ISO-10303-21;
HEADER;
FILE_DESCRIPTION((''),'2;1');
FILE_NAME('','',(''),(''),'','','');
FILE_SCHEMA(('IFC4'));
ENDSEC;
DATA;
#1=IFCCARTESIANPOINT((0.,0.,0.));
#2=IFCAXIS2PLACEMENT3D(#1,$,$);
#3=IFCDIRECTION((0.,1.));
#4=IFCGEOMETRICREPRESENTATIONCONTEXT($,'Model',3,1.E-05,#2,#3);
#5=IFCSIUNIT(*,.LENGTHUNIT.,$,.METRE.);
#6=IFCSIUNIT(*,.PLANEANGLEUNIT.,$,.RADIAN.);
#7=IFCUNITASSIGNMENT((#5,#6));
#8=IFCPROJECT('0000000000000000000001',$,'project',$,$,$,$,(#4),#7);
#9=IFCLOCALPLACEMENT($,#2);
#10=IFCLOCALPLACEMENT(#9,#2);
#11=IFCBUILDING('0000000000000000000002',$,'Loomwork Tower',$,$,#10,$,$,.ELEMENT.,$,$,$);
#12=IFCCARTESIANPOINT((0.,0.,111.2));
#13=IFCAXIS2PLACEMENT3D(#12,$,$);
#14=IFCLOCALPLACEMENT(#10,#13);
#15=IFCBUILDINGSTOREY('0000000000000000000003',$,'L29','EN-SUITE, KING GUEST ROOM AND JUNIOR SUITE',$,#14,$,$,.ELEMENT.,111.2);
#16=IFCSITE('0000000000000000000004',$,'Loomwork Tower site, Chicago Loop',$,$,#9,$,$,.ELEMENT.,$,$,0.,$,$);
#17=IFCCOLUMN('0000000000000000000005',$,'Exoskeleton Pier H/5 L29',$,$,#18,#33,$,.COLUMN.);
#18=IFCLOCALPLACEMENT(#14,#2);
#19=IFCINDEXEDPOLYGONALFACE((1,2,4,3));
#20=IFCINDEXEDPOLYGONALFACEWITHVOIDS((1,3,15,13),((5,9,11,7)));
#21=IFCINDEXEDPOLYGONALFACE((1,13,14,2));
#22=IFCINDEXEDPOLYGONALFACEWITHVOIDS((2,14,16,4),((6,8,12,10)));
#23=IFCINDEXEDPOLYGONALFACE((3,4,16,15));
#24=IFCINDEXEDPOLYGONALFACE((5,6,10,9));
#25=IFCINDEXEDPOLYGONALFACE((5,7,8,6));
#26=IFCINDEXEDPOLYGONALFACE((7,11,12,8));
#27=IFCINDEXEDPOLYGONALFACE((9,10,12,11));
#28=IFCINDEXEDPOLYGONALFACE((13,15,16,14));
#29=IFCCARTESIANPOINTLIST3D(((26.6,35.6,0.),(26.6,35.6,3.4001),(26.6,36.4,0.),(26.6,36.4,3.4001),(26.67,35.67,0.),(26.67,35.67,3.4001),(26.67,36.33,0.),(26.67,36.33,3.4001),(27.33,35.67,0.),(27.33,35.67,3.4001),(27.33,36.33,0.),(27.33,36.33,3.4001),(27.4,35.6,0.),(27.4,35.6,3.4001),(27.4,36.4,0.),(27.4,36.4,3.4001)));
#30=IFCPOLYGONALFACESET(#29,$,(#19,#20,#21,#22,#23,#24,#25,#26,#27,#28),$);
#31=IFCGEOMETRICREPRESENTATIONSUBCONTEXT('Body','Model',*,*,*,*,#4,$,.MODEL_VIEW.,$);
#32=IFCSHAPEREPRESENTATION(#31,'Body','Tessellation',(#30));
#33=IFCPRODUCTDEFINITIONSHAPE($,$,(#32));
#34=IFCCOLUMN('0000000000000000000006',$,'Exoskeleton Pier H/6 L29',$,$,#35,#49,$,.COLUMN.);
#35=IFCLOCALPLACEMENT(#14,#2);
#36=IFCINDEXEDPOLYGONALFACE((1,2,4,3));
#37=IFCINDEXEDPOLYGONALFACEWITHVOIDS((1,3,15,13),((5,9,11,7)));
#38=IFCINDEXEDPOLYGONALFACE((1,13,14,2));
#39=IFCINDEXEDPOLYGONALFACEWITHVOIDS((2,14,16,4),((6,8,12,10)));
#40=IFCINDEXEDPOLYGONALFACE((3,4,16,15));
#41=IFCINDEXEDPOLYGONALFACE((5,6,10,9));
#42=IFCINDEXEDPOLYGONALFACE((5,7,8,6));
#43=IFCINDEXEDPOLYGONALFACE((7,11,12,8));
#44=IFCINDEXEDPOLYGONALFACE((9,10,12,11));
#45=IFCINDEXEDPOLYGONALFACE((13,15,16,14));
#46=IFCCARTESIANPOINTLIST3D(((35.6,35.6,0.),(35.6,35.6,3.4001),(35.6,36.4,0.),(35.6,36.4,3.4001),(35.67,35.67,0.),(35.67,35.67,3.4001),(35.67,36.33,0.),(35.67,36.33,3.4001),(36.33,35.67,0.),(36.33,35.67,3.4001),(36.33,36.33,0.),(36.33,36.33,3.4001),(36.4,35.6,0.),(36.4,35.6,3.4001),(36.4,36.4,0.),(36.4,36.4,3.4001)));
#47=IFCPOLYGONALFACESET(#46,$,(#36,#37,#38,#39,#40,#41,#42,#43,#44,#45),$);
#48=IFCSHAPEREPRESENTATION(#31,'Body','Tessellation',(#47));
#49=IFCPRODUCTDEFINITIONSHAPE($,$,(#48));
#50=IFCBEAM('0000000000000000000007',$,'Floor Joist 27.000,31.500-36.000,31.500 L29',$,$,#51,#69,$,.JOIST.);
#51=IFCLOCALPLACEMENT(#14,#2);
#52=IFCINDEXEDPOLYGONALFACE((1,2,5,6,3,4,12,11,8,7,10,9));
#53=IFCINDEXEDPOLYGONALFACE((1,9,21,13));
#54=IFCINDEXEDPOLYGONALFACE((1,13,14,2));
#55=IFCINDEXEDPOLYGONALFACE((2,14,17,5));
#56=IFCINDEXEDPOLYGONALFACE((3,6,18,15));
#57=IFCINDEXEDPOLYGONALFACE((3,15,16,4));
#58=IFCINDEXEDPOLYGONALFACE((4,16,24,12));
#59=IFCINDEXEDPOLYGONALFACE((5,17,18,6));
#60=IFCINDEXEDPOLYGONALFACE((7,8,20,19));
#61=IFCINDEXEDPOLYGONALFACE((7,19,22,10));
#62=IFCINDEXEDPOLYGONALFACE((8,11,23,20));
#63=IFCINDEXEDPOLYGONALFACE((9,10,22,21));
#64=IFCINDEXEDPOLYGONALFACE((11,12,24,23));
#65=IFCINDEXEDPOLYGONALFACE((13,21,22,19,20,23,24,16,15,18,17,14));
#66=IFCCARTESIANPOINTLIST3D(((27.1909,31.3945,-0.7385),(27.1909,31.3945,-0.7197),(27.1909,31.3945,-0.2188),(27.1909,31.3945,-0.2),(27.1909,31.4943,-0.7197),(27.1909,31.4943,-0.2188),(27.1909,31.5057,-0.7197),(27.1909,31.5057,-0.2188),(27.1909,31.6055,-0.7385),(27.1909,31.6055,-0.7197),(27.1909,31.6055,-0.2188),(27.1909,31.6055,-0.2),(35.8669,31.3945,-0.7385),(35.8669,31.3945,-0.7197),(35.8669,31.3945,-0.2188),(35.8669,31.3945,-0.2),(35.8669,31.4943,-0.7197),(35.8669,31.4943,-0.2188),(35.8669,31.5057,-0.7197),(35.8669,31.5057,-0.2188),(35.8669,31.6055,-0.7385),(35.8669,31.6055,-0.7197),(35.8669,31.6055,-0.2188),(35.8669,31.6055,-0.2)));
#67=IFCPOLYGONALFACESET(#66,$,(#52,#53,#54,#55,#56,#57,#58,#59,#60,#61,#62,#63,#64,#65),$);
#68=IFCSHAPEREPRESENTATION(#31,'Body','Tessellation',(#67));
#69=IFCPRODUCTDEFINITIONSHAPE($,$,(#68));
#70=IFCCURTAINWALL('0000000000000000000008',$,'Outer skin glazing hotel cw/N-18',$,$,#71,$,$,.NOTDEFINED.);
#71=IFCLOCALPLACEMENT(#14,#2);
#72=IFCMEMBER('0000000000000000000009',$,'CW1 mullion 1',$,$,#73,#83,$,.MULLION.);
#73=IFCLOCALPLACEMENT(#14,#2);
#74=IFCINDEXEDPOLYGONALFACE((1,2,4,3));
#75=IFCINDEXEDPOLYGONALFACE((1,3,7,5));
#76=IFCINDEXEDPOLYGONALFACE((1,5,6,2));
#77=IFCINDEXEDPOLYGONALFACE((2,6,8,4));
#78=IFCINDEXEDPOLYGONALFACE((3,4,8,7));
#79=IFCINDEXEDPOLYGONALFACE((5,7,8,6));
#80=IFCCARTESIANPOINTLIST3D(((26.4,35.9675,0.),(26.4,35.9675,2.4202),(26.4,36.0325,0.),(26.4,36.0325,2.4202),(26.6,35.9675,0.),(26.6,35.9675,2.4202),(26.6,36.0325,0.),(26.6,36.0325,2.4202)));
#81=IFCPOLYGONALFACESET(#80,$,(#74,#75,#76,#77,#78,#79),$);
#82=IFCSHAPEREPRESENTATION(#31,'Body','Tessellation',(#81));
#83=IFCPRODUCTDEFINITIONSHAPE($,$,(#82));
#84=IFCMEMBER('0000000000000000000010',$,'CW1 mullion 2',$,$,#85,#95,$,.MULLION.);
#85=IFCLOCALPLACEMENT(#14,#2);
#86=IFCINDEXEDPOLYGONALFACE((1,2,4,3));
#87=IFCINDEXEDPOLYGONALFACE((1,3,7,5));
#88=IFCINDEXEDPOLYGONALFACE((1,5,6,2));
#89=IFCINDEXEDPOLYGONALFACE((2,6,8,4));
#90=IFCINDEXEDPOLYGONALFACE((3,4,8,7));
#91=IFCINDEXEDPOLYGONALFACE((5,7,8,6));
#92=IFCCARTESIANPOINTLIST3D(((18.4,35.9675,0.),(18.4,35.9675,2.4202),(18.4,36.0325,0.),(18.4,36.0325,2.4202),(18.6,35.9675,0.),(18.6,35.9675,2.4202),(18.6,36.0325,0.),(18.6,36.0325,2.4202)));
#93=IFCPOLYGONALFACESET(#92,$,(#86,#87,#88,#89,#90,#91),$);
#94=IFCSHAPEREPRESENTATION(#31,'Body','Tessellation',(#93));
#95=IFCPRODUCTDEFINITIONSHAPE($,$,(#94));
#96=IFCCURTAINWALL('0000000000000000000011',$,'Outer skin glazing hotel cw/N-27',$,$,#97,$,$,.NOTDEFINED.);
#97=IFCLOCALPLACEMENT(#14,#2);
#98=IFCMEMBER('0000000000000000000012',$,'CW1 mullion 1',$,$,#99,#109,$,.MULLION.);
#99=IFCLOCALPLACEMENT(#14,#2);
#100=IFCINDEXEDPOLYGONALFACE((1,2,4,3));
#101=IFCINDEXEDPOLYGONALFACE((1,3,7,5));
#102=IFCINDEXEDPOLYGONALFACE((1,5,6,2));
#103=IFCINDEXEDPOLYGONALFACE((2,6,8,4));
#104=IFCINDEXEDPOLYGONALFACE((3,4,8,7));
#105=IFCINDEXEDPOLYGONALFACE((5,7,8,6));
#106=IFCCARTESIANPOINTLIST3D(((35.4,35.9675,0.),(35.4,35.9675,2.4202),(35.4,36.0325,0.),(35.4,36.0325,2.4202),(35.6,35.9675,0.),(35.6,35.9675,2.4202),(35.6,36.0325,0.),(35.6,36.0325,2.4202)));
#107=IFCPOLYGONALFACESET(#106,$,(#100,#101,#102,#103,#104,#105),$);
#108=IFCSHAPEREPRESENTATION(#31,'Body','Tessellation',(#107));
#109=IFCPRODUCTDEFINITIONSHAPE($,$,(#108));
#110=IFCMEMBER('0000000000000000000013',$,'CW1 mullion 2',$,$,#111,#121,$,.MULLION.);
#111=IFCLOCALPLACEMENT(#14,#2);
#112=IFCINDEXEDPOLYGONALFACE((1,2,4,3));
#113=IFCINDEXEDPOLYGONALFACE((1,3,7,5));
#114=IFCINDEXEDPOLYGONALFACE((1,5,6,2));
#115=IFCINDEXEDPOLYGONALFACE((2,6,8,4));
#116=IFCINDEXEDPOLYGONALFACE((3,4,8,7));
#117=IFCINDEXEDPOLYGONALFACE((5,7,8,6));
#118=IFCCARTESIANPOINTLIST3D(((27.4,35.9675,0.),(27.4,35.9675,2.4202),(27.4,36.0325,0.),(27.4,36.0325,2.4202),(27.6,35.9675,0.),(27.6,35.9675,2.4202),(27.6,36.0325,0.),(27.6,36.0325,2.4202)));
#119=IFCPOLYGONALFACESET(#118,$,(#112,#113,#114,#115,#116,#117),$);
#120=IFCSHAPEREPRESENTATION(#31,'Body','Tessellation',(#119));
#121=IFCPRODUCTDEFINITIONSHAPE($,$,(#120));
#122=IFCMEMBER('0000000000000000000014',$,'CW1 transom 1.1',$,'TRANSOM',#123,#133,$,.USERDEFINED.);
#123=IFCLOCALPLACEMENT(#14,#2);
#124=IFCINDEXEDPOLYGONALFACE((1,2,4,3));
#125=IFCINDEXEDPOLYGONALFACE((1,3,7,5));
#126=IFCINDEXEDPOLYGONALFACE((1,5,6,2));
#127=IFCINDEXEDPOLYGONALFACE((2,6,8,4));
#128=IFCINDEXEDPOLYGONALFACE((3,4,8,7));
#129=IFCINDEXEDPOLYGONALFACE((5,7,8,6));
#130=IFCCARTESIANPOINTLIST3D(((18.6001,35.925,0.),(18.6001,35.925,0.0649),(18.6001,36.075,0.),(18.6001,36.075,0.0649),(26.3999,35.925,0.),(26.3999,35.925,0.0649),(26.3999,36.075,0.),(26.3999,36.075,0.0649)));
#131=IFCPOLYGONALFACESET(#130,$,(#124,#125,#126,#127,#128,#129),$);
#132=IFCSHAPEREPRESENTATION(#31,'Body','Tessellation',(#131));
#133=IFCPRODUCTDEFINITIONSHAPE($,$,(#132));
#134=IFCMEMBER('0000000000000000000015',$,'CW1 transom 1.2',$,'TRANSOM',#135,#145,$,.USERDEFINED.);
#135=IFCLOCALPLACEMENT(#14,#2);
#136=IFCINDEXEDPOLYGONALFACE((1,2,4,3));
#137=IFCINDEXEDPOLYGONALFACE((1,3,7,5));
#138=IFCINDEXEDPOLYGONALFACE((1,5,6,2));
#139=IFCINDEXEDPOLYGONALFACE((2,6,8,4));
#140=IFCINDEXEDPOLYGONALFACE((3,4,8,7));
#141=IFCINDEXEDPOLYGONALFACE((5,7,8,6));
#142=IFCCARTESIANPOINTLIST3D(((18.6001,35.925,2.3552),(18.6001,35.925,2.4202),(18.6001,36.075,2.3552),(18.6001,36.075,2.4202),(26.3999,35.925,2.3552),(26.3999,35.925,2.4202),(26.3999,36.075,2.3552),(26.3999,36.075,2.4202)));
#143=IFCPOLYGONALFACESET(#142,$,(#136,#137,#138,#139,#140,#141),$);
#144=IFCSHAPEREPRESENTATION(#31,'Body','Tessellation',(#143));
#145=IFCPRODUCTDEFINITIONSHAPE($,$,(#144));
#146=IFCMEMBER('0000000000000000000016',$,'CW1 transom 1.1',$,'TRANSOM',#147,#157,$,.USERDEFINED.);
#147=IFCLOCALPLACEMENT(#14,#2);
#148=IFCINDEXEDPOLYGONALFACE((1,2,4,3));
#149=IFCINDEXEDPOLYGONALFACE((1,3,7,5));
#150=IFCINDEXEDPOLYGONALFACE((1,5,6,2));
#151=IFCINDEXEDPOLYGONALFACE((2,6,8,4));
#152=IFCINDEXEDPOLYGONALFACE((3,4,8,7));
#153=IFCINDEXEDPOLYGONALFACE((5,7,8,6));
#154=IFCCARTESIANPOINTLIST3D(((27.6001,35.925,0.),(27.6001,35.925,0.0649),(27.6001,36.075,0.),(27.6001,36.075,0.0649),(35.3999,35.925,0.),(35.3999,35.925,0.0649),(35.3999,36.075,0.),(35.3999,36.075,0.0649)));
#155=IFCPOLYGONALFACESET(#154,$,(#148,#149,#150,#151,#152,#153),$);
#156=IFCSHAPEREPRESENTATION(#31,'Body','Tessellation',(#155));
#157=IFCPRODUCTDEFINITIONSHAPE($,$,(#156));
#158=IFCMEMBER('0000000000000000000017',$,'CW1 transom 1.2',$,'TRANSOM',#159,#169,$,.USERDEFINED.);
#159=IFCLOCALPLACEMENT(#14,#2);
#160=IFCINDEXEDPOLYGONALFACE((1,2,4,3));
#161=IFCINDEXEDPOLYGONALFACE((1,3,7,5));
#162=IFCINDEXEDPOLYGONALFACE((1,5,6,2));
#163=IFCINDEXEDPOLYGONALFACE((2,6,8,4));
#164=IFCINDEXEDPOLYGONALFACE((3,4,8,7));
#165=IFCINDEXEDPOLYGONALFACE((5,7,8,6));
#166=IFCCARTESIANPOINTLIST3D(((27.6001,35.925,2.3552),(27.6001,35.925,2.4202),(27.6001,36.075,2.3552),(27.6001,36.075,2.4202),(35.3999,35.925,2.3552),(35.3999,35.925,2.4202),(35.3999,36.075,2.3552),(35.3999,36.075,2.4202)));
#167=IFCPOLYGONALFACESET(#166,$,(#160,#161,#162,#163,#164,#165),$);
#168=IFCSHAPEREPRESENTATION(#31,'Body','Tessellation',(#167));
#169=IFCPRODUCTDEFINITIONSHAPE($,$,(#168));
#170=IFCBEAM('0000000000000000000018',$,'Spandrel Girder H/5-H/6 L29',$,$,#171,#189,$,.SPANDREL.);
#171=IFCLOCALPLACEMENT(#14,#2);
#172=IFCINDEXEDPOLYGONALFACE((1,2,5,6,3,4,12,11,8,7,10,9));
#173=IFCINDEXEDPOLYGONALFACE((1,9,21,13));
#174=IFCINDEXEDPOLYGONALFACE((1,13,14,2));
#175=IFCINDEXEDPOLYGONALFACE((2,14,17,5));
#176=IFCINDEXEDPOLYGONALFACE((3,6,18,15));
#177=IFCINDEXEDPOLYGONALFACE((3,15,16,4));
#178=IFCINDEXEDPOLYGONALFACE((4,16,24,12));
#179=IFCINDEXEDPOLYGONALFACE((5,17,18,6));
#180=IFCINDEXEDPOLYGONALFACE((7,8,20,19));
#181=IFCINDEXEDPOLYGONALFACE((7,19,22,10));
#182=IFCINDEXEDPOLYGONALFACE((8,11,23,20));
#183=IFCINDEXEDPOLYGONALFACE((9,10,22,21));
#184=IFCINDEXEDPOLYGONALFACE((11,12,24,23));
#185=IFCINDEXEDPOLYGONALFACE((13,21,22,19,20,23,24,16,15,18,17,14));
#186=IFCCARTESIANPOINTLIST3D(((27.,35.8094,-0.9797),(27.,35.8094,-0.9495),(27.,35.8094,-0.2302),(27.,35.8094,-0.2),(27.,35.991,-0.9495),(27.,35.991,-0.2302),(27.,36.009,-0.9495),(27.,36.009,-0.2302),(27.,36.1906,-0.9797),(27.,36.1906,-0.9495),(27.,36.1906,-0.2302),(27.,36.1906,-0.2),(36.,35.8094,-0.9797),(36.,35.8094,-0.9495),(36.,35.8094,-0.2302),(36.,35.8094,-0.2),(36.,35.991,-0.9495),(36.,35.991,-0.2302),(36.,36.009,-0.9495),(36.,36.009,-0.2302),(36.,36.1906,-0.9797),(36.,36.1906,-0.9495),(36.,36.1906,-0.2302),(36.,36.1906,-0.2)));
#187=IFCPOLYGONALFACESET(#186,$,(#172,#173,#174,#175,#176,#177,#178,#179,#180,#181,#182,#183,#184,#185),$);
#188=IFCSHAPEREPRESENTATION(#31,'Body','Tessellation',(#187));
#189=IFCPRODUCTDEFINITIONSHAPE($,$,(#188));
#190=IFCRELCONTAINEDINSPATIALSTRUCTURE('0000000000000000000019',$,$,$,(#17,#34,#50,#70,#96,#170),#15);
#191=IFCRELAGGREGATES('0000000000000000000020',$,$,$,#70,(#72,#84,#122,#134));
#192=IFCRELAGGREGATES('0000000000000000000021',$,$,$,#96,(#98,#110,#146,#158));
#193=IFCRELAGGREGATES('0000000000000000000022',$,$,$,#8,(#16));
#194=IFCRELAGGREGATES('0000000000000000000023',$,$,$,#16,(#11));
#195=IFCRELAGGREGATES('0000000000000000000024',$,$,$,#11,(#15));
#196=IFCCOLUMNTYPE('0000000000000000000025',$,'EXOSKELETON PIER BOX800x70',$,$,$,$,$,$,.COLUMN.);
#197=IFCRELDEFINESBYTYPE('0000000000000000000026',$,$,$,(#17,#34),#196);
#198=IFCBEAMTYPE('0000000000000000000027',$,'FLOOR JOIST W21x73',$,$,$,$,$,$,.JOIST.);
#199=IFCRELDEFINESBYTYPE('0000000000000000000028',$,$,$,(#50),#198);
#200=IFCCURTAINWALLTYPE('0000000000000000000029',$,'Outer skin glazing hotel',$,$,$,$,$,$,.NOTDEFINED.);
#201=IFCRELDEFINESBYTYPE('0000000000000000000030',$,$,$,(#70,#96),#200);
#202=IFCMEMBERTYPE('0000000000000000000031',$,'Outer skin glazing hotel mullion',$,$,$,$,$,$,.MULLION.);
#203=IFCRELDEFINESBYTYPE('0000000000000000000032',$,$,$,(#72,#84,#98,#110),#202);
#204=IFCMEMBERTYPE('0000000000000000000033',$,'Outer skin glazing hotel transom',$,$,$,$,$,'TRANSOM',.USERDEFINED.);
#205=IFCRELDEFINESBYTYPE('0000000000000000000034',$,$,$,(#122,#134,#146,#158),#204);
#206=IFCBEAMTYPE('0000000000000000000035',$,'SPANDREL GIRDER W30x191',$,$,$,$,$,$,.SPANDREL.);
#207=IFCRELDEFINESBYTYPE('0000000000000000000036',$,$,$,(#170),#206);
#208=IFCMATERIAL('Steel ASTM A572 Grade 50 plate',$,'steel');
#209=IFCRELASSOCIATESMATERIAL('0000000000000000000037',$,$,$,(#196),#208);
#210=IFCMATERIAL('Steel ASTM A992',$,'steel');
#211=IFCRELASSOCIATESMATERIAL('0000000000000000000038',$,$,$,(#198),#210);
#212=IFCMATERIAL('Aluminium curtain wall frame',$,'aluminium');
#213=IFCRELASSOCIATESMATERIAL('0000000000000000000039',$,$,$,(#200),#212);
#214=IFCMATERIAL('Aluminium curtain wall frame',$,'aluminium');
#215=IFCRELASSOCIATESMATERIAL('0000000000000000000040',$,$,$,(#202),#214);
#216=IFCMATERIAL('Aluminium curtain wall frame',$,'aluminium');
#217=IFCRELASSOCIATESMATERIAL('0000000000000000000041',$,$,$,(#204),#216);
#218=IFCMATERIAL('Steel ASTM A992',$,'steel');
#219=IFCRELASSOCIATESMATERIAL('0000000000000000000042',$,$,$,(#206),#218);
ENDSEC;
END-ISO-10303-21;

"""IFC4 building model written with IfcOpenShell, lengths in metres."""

from ifc_helpers import new_model, si_unit, direction, frame, origin, origin_2d, place, context, subcontext, project, spatial, rectangle, hollow_rectangle, i_section, extrude, material, material_profile, profile_set, type_object, element, aggregate, save


model = new_model("IFC4")

# Units and contexts
model_context = context("Model", 3, precision=1e-05, world=origin(), true_north=direction((0.0, 1.0)))
body_context = subcontext(model_context, "Body", "Model", "MODEL_VIEW")
ifc_project = project(units=[si_unit("LENGTHUNIT", "METRE"), si_unit("PLANEANGLEUNIT", "RADIAN")], contexts=[model_context])

# Site, building, storey
site_placement = place(None, origin())
site = spatial("IfcSite", under=ifc_project, at=site_placement, Name="Loomwork Tower site, Chicago Loop", CompositionType="ELEMENT", RefElevation=0.0)
building_placement = place(site_placement, origin())
building = spatial("IfcBuilding", under=site, at=building_placement, Name="Loomwork Tower", CompositionType="ELEMENT")
storey_placement = place(building_placement, frame((0.0, 0.0, 111.2)))
storey = spatial("IfcBuildingStorey", under=building, at=storey_placement, Name="L29", Description="EN-SUITE, KING GUEST ROOM AND JUNIOR SUITE", CompositionType="ELEMENT", Elevation=111.2)

# Columns
ifc_material_1 = material(Name="Steel ASTM A572 Grade 50 plate", Category="steel")
ifc_material_profile_1 = material_profile(ifc_material_1, hollow_rectangle(XDim=0.8, YDim=0.8, WallThickness=0.0701, at=origin_2d()), Name="BOX800x70")
ifc_profile_set_1 = profile_set([ifc_material_profile_1], Name="Steel ASTM A572 Grade 50 plate")
column_type = type_object("IfcColumnType", Name="EXOSKELETON PIER BOX800x70", PredefinedType="COLUMN", material=ifc_profile_set_1)
for number, where, z_axis, x_axis, name in (
    (1, (27.0, 36.0, 0.0), (0.0, 0.0, 1.0), (1.0, 0.0, 0.0), "Exoskeleton Pier H/5 L29"),
    (2, (36.0, 36.0, 0.0), (0.0, 0.0, 1.0), (1.0, 0.0, 0.0), "Exoskeleton Pier H/6 L29"),
):
    element("IfcColumn", number, at=place(storey_placement, frame(where, z_axis=z_axis, x_axis=x_axis)), inside=storey, type_object=column_type, Name=name, PredefinedType="COLUMN", context=body_context, shape_type="SweptSolid", body=[
        extrude(hollow_rectangle(XDim=0.8, YDim=0.8, WallThickness=0.0701, at=origin_2d()), origin(), (0.0, 0.0, 1.0), 3.4001),
    ])

# Beam
ifc_material_2 = material(Name="Steel ASTM A992", Category="steel")
ifc_material_profile_2 = material_profile(ifc_material_2, i_section(OverallWidth=0.2109, OverallDepth=0.5386, WebThickness=0.0115, FlangeThickness=0.0188, at=origin_2d()), Name="W21x73")
ifc_profile_set_2 = profile_set([ifc_material_profile_2], Name="Steel ASTM A992")
beam_type_1 = type_object("IfcBeamType", Name="FLOOR JOIST W21x73", PredefinedType="JOIST", material=ifc_profile_set_2)
beam_1_placement = place(storey_placement, frame((27.1909, 31.5, -0.4692), z_axis=(1.0, 0.0, 0.0), x_axis=(0.0, 1.0, 0.0)))
element("IfcBeam", 3, at=beam_1_placement, inside=storey, type_object=beam_type_1, Name="Floor Joist 27.000,31.500-36.000,31.500 L29", PredefinedType="JOIST", context=body_context, shape_type="SweptSolid", body=[
    extrude(i_section(OverallWidth=0.2109, OverallDepth=0.5386, WebThickness=0.0115, FlangeThickness=0.0188, at=origin_2d()), origin(), (0.0, 0.0, 1.0), 8.676),
])

# Curtain walls, members
ifc_material_3 = material(Name="Aluminium curtain wall frame", Category="aluminium")
curtain_wall_type = type_object("IfcCurtainWallType", Name="Outer skin glazing hotel", PredefinedType="NOTDEFINED", material=ifc_material_3)
curtain_wall_1_placement = place(storey_placement, origin())
curtain_wall_1 = element("IfcCurtainWall", 4, at=curtain_wall_1_placement, inside=storey, type_object=curtain_wall_type, Name="Outer skin glazing hotel cw/N-18", PredefinedType="NOTDEFINED")
ifc_material_4 = material(Name="Aluminium curtain wall frame", Category="aluminium")
ifc_material_profile_3 = material_profile(ifc_material_4, rectangle(XDim=0.0649, YDim=0.2, at=origin_2d()), Name="AL 65x200")
ifc_profile_set_3 = profile_set([ifc_material_profile_3], Name="Aluminium curtain wall frame")
member_type_1 = type_object("IfcMemberType", Name="Outer skin glazing hotel mullion", PredefinedType="MULLION", material=ifc_profile_set_3)
member_1_placement = place(storey_placement, frame((26.5, 36.0, 0.0), z_axis=(0.0, 0.0, 1.0), x_axis=(0.0, -1.0, 0.0)))
member_1 = element("IfcMember", 5, at=member_1_placement, type_object=member_type_1, Name="CW1 mullion 1", PredefinedType="MULLION", context=body_context, shape_type="SweptSolid", body=[
    extrude(rectangle(XDim=0.0649, YDim=0.2, at=origin_2d()), origin(), (0.0, 0.0, 1.0), 2.4202),
])
member_2_placement = place(storey_placement, frame((18.5, 36.0, 0.0), z_axis=(0.0, 0.0, 1.0), x_axis=(0.0, -1.0, 0.0)))
member_2 = element("IfcMember", 6, at=member_2_placement, type_object=member_type_1, Name="CW1 mullion 2", PredefinedType="MULLION", context=body_context, shape_type="SweptSolid", body=[
    extrude(rectangle(XDim=0.0649, YDim=0.2, at=origin_2d()), origin(), (0.0, 0.0, 1.0), 2.4202),
])
curtain_wall_2_placement = place(storey_placement, origin())
curtain_wall_2 = element("IfcCurtainWall", 7, at=curtain_wall_2_placement, inside=storey, type_object=curtain_wall_type, Name="Outer skin glazing hotel cw/N-27", PredefinedType="NOTDEFINED")
member_3_placement = place(storey_placement, frame((35.5, 36.0, 0.0), z_axis=(0.0, 0.0, 1.0), x_axis=(0.0, -1.0, 0.0)))
member_3 = element("IfcMember", 8, at=member_3_placement, type_object=member_type_1, Name="CW1 mullion 1", PredefinedType="MULLION", context=body_context, shape_type="SweptSolid", body=[
    extrude(rectangle(XDim=0.0649, YDim=0.2, at=origin_2d()), origin(), (0.0, 0.0, 1.0), 2.4202),
])
member_4_placement = place(storey_placement, frame((27.5, 36.0, 0.0), z_axis=(0.0, 0.0, 1.0), x_axis=(0.0, -1.0, 0.0)))
member_4 = element("IfcMember", 9, at=member_4_placement, type_object=member_type_1, Name="CW1 mullion 2", PredefinedType="MULLION", context=body_context, shape_type="SweptSolid", body=[
    extrude(rectangle(XDim=0.0649, YDim=0.2, at=origin_2d()), origin(), (0.0, 0.0, 1.0), 2.4202),
])

# Members
ifc_material_5 = material(Name="Aluminium curtain wall frame", Category="aluminium")
ifc_material_profile_4 = material_profile(ifc_material_5, rectangle(XDim=0.1499, YDim=0.0649, at=origin_2d()), Name="AL 65x150")
ifc_profile_set_4 = profile_set([ifc_material_profile_4], Name="Aluminium curtain wall frame")
member_type_2 = type_object("IfcMemberType", Name="Outer skin glazing hotel transom", ElementType="TRANSOM", PredefinedType="USERDEFINED", material=ifc_profile_set_4)
member_5_placement = place(storey_placement, frame((26.3999, 36.0, 0.0325), z_axis=(-1.0, 0.0, 0.0), x_axis=(0.0, -1.0, 0.0)))
member_5 = element("IfcMember", 10, at=member_5_placement, type_object=member_type_2, Name="CW1 transom 1.1", ObjectType="TRANSOM", PredefinedType="USERDEFINED", context=body_context, shape_type="SweptSolid", body=[
    extrude(rectangle(XDim=0.1499, YDim=0.0649, at=origin_2d()), origin(), (0.0, 0.0, 1.0), 7.7998),
])
member_6_placement = place(storey_placement, frame((26.3999, 36.0, 2.3877), z_axis=(-1.0, 0.0, 0.0), x_axis=(0.0, -1.0, 0.0)))
member_6 = element("IfcMember", 11, at=member_6_placement, type_object=member_type_2, Name="CW1 transom 1.2", ObjectType="TRANSOM", PredefinedType="USERDEFINED", context=body_context, shape_type="SweptSolid", body=[
    extrude(rectangle(XDim=0.1499, YDim=0.0649, at=origin_2d()), origin(), (0.0, 0.0, 1.0), 7.7998),
])
member_7_placement = place(storey_placement, frame((35.3999, 36.0, 0.0325), z_axis=(-1.0, 0.0, 0.0), x_axis=(0.0, -1.0, 0.0)))
member_7 = element("IfcMember", 12, at=member_7_placement, type_object=member_type_2, Name="CW1 transom 1.1", ObjectType="TRANSOM", PredefinedType="USERDEFINED", context=body_context, shape_type="SweptSolid", body=[
    extrude(rectangle(XDim=0.1499, YDim=0.0649, at=origin_2d()), origin(), (0.0, 0.0, 1.0), 7.7998),
])
member_8_placement = place(storey_placement, frame((35.3999, 36.0, 2.3877), z_axis=(-1.0, 0.0, 0.0), x_axis=(0.0, -1.0, 0.0)))
member_8 = element("IfcMember", 13, at=member_8_placement, type_object=member_type_2, Name="CW1 transom 1.2", ObjectType="TRANSOM", PredefinedType="USERDEFINED", context=body_context, shape_type="SweptSolid", body=[
    extrude(rectangle(XDim=0.1499, YDim=0.0649, at=origin_2d()), origin(), (0.0, 0.0, 1.0), 7.7998),
])

# Beam
ifc_material_6 = material(Name="Steel ASTM A992", Category="steel")
ifc_material_profile_5 = material_profile(ifc_material_6, i_section(OverallWidth=0.3811, OverallDepth=0.7798, WebThickness=0.0181, FlangeThickness=0.0303, at=origin_2d()), Name="W30x191")
ifc_profile_set_5 = profile_set([ifc_material_profile_5], Name="Steel ASTM A992")
beam_type_2 = type_object("IfcBeamType", Name="SPANDREL GIRDER W30x191", PredefinedType="SPANDREL", material=ifc_profile_set_5)
beam_2_placement = place(storey_placement, frame((27.0, 36.0, -0.5898), z_axis=(1.0, 0.0, 0.0), x_axis=(0.0, 1.0, 0.0)))
element("IfcBeam", 14, at=beam_2_placement, inside=storey, type_object=beam_type_2, Name="Spandrel Girder H/5-H/6 L29", PredefinedType="SPANDREL", context=body_context, shape_type="SweptSolid", body=[
    extrude(i_section(OverallWidth=0.3811, OverallDepth=0.7798, WebThickness=0.0181, FlangeThickness=0.0303, at=origin_2d()), origin(), (0.0, 0.0, 1.0), 9.0),
])

aggregate(curtain_wall_1, [member_1, member_2, member_5, member_6])
aggregate(curtain_wall_2, [member_3, member_4, member_7, member_8])

save(model, "model.ifc")
